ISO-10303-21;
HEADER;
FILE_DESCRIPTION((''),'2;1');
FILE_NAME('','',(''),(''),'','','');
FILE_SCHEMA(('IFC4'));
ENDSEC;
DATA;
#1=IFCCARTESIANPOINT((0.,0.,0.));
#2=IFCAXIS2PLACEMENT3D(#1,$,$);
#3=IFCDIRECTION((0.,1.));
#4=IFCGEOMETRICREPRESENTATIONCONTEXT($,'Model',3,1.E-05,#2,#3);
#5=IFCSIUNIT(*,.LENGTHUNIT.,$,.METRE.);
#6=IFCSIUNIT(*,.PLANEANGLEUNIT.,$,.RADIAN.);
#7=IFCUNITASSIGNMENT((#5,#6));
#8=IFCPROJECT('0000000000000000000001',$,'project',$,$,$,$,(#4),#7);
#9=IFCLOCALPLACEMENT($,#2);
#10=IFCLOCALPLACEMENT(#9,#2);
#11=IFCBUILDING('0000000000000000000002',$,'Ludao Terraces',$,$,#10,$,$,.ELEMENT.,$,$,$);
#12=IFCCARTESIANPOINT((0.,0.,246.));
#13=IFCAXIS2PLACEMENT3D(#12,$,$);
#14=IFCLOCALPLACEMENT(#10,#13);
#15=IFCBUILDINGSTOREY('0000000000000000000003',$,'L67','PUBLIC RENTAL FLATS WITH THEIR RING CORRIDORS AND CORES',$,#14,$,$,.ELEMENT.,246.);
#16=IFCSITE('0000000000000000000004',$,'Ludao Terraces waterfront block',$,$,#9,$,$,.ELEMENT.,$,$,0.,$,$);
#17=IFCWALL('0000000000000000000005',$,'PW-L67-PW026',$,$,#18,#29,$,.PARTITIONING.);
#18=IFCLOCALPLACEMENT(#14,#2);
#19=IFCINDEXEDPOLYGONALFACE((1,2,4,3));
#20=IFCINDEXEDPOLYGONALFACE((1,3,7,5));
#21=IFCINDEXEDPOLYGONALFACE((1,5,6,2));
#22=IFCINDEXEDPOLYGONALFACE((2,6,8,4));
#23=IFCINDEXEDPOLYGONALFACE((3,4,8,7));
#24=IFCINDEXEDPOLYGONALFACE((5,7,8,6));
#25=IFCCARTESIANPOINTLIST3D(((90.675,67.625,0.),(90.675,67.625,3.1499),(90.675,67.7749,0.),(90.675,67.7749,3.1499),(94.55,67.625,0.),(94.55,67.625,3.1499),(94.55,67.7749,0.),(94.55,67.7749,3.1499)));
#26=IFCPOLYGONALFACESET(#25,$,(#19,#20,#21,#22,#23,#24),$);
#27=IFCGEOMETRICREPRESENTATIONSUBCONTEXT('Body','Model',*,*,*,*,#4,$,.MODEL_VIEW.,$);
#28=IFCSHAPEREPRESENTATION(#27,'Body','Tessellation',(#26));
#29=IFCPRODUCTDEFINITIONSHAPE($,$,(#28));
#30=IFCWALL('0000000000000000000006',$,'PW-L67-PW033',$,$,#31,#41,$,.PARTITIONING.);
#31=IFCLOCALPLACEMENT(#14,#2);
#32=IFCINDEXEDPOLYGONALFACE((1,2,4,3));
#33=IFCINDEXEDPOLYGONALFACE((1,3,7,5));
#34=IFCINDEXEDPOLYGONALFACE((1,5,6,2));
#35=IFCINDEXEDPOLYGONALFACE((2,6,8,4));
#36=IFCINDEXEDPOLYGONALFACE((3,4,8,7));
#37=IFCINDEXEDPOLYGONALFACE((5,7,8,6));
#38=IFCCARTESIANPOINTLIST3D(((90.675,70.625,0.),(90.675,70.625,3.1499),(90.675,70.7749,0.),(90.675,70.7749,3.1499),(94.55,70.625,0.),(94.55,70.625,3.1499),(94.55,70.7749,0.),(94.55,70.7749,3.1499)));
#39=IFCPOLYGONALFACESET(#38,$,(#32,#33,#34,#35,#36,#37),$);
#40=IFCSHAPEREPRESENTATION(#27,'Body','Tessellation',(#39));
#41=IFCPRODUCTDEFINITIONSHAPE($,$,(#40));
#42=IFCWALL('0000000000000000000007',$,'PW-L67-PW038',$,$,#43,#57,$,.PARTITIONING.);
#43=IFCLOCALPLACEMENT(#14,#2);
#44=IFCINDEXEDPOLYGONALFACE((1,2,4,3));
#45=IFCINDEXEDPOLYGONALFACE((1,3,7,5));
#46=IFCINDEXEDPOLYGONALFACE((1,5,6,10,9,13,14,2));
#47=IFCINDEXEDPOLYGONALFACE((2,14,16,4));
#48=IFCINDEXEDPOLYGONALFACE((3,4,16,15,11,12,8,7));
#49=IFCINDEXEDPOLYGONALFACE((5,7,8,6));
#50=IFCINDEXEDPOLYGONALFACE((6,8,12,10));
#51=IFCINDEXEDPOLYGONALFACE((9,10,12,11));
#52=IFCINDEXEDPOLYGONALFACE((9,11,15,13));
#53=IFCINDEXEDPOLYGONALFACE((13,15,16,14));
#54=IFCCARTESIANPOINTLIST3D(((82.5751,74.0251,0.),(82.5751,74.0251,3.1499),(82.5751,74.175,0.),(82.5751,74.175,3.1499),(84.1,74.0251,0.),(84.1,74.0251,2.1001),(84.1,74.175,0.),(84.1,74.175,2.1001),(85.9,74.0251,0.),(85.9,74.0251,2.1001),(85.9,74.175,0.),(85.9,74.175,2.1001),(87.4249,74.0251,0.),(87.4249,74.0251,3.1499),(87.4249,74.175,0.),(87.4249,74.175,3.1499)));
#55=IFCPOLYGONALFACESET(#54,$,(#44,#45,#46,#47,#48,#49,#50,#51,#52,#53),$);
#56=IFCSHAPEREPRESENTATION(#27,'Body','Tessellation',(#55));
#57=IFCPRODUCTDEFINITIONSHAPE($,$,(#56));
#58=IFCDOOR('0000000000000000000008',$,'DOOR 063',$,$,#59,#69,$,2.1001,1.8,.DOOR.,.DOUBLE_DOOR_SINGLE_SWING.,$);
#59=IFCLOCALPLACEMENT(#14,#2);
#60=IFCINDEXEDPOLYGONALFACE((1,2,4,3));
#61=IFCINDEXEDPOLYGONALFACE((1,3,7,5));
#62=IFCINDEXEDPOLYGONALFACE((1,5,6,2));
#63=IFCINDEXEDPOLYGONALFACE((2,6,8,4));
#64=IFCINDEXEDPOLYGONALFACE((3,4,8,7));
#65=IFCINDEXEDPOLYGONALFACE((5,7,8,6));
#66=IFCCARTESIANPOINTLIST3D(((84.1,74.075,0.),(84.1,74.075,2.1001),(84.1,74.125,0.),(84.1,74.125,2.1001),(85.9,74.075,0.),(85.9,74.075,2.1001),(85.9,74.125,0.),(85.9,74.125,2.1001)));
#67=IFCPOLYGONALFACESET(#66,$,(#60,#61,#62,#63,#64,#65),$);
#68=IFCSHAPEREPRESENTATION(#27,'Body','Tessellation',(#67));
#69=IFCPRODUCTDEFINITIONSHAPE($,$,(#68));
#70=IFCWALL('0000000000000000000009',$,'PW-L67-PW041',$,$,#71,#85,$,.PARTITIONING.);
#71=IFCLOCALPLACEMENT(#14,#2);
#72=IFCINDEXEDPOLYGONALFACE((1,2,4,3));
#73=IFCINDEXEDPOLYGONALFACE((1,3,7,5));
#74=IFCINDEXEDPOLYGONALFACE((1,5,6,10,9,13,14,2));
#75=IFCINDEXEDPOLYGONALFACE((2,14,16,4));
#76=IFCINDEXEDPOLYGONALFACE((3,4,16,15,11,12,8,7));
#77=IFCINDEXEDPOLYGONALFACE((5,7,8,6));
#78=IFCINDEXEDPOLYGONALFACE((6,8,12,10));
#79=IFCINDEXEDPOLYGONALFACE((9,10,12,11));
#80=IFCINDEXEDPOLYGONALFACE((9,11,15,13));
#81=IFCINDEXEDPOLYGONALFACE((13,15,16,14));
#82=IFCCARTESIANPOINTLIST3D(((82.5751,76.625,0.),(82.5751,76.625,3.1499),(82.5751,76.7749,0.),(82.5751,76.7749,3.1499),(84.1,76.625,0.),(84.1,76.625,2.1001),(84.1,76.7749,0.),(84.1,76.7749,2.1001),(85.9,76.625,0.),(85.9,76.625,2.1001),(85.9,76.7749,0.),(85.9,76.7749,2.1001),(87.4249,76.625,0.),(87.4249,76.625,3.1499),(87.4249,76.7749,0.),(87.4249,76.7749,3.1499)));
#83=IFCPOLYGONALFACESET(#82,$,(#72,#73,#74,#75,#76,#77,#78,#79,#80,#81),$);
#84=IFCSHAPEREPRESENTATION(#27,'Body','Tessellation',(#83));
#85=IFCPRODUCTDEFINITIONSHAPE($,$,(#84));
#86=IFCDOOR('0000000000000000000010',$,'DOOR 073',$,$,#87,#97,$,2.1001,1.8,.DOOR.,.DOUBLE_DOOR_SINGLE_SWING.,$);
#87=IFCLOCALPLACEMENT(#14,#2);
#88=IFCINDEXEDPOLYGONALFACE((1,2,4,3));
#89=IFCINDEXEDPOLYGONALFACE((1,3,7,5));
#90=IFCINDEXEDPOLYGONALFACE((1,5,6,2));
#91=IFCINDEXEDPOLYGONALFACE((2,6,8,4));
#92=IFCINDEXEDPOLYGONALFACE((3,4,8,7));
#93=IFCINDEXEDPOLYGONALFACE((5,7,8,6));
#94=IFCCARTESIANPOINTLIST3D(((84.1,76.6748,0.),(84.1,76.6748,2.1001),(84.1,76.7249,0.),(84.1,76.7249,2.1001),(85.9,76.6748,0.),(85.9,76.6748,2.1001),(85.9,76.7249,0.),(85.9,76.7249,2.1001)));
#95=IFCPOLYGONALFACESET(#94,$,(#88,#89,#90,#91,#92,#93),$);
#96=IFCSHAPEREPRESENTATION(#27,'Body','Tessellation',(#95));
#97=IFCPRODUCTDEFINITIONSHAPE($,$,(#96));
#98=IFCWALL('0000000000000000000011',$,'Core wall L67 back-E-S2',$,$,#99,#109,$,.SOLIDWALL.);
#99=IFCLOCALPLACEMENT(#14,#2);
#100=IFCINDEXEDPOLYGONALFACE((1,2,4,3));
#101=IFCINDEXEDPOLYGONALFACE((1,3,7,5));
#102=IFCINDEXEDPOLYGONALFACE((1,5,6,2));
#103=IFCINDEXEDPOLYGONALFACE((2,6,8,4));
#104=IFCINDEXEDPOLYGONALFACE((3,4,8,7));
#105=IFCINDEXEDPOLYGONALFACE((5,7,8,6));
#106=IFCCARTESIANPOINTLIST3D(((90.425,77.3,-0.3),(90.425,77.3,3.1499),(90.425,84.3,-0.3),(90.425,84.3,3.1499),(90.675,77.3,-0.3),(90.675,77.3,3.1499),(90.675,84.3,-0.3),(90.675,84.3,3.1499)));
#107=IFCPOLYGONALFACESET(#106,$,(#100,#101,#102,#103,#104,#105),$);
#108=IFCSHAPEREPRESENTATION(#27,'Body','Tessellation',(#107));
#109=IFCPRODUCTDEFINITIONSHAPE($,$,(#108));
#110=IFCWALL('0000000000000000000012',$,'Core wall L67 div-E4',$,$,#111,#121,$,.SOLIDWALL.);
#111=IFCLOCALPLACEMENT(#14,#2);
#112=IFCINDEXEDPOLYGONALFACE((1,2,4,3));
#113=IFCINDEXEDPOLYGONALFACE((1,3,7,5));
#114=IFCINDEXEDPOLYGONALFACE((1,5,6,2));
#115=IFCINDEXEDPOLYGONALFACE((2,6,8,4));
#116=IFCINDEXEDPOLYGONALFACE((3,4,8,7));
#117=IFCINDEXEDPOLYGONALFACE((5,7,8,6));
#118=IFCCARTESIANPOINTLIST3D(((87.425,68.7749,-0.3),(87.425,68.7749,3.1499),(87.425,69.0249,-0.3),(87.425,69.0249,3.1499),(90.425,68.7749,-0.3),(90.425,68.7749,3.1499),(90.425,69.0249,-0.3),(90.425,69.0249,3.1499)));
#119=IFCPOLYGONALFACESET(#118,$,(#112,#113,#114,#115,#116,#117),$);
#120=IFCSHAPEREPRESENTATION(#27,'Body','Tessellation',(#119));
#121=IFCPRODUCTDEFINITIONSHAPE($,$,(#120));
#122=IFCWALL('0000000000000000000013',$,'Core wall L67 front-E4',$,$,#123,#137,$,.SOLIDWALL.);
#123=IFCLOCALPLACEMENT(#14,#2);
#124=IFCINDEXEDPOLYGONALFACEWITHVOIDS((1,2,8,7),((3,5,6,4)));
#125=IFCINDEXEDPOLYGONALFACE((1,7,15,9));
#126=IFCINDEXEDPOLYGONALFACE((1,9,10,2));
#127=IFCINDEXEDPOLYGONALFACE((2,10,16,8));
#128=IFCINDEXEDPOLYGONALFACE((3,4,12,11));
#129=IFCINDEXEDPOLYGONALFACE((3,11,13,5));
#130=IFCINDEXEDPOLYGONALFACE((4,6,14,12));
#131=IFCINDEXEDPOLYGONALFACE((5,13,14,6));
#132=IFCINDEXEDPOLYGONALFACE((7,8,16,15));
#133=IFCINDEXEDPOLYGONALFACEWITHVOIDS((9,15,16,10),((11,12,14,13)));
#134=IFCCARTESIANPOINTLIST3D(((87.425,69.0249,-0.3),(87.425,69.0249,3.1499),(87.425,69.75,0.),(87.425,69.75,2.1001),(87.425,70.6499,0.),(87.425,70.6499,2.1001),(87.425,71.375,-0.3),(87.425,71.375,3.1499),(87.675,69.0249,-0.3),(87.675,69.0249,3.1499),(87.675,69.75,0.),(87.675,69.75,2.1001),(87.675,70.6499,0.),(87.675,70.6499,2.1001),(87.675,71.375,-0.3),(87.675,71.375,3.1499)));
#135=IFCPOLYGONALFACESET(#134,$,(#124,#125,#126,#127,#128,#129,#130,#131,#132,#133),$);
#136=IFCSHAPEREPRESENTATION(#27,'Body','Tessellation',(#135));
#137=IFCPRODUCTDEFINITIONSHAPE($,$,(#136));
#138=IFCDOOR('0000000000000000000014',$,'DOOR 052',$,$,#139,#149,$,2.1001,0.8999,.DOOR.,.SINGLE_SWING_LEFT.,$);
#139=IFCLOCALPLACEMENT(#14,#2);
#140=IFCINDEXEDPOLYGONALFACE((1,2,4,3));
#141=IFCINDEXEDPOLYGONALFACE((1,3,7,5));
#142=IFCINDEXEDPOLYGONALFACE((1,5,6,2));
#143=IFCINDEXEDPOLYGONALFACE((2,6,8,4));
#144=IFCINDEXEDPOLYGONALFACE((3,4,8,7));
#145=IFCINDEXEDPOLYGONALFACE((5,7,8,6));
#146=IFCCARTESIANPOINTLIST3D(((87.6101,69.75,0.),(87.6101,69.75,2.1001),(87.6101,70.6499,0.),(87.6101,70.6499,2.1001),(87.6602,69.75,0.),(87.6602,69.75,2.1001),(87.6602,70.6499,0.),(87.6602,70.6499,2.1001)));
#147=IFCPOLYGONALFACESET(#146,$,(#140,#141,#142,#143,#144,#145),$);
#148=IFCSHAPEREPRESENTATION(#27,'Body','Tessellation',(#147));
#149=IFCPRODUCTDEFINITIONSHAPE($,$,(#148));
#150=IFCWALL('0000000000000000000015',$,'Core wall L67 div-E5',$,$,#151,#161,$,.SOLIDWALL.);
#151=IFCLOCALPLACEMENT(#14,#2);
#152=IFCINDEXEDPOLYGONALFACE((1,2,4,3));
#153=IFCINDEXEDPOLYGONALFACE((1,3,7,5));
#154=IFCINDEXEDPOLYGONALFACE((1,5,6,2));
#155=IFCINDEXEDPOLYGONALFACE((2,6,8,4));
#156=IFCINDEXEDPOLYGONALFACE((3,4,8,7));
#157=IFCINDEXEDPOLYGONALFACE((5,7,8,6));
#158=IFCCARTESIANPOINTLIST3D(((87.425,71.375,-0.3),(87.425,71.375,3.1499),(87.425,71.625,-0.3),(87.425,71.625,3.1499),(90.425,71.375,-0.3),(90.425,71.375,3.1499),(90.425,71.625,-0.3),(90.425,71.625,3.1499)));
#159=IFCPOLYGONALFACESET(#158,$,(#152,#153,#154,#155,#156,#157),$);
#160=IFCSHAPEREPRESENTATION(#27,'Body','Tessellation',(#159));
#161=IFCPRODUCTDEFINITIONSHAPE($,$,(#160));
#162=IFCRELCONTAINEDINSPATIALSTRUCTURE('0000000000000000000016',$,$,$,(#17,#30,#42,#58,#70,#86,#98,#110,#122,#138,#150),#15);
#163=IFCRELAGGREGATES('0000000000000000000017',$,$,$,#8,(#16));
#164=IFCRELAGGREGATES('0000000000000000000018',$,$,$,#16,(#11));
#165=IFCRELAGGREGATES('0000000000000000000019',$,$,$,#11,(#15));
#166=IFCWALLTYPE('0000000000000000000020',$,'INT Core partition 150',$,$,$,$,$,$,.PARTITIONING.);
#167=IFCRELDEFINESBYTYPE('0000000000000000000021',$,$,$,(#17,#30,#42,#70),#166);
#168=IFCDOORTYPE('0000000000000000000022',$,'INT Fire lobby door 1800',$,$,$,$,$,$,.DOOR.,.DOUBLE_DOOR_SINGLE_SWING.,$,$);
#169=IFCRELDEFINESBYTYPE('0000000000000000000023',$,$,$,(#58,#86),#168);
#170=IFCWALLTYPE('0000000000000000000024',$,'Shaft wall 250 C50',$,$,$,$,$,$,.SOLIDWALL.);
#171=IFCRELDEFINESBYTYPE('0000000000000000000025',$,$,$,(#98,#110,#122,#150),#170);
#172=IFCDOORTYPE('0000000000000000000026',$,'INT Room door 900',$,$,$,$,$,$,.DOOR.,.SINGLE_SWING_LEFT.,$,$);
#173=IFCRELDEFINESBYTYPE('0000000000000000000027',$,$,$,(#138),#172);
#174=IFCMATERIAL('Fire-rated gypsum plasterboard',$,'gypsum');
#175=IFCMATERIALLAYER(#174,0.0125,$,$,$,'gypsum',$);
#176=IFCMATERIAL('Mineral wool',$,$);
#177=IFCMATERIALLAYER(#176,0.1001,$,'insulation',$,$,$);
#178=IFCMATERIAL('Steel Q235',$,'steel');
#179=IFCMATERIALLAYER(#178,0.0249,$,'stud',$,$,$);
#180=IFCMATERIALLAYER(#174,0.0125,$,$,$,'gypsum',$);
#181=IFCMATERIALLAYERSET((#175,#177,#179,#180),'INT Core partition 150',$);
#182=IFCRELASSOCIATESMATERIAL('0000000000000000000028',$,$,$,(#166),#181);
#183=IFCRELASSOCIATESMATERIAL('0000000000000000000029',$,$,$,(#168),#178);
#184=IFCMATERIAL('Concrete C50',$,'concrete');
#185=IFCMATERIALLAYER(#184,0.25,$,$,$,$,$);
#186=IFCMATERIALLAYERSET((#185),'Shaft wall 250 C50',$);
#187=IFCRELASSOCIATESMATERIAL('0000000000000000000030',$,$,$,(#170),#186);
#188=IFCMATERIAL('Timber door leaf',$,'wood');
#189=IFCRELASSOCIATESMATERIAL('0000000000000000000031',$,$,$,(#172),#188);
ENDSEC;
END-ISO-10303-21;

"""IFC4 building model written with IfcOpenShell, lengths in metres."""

from ifc_helpers import new_model, si_unit, direction, frame, frame_2d, origin, place, context, subcontext, project, spatial, rectangle, extrude, material, layer, layer_set, type_object, element, fill, save


model = new_model("IFC4")

# Units and contexts
model_context = context("Model", 3, precision=1e-05, world=origin(), true_north=direction((0.0, 1.0)))
body_context = subcontext(model_context, "Body", "Model", "MODEL_VIEW")
ifc_project = project(units=[si_unit("LENGTHUNIT", "METRE"), si_unit("PLANEANGLEUNIT", "RADIAN")], contexts=[model_context])

# Site, building, storey
site_placement = place(None, origin())
site = spatial("IfcSite", under=ifc_project, at=site_placement, Name="Ludao Terraces waterfront block", CompositionType="ELEMENT", RefElevation=0.0)
building_placement = place(site_placement, origin())
building = spatial("IfcBuilding", under=site, at=building_placement, Name="Ludao Terraces", CompositionType="ELEMENT")
storey_placement = place(building_placement, frame((0.0, 0.0, 246.0)))
storey = spatial("IfcBuildingStorey", under=building, at=storey_placement, Name="L67", Description="PUBLIC RENTAL FLATS WITH THEIR RING CORRIDORS AND CORES", CompositionType="ELEMENT", Elevation=246.0)

# Walls
ifc_material_1 = material(Name="Fire-rated gypsum plasterboard", Category="gypsum")
ifc_layer_1 = layer(ifc_material_1, 0.0125, Category="gypsum")
ifc_material_2 = material(Name="Mineral wool")
ifc_layer_2 = layer(ifc_material_2, 0.1001, Name="insulation")
ifc_material_3 = material(Name="Steel Q235", Category="steel")
ifc_layer_3 = layer(ifc_material_3, 0.0249, Name="stud")
ifc_layer_4 = layer(ifc_material_1, 0.0125, Category="gypsum")
ifc_layer_set_1 = layer_set([ifc_layer_1, ifc_layer_2, ifc_layer_3, ifc_layer_4], Name="INT Core partition 150")
wall_type_1 = type_object("IfcWallType", Name="INT Core partition 150", PredefinedType="PARTITIONING", material=ifc_layer_set_1)
for number, where, z_axis, x_axis, name in (
    (1, (90.675, 67.7, 0.0), (0.0, 0.0, 1.0), (1.0, 0.0, 0.0), "PW-L67-PW026"),
    (2, (90.675, 70.7, 0.0), (0.0, 0.0, 1.0), (1.0, 0.0, 0.0), "PW-L67-PW033"),
):
    element("IfcWall", number, at=place(storey_placement, frame(where, z_axis=z_axis, x_axis=x_axis)), inside=storey, type_object=wall_type_1, Name=name, PredefinedType="PARTITIONING", context=body_context, shape_type="SweptSolid", body=[
        extrude(rectangle(XDim=3.875, YDim=0.1499, at=frame_2d((1.9375, 0.0))), origin(), (0.0, 0.0, 1.0), 3.1499),
    ])

# Walls, openings, doors
wall_1_placement = place(storey_placement, frame((82.5752, 74.1001, 0.0), z_axis=(0.0, 0.0, 1.0), x_axis=(1.0, 0.0, 0.0)))
wall_1 = element("IfcWall", 3, at=wall_1_placement, inside=storey, type_object=wall_type_1, Name="PW-L67-PW038", PredefinedType="PARTITIONING", context=body_context, shape_type="SweptSolid", body=[
    extrude(rectangle(XDim=4.8499, YDim=0.1499, at=frame_2d((2.4248, 0.0))), origin(), (0.0, 0.0, 1.0), 3.1499),
])
opening_1_placement = place(wall_1_placement, frame((1.5249, 0.0, 0.0)))
opening_1 = element("IfcOpeningElement", 4, at=opening_1_placement, cuts=wall_1, PredefinedType="OPENING", context=body_context, shape_type="SweptSolid", body=[
    extrude(rectangle(XDim=1.8, YDim=2.1001, at=frame_2d((0.8999, 1.05))), frame((0.0, 0.085, 0.0), z_axis=(0.0, -1.0, 0.0), x_axis=(1.0, 0.0, 0.0)), (0.0, 0.0, 1.0), 0.1699),
])
door_type_1 = type_object("IfcDoorType", Name="INT Fire lobby door 1800", OperationType="DOUBLE_DOOR_SINGLE_SWING", PredefinedType="DOOR", material=ifc_material_3)
door_1_placement = place(opening_1_placement, origin())
door_1 = element("IfcDoor", 5, at=door_1_placement, inside=storey, type_object=door_type_1, Name="DOOR 063", OperationType="DOUBLE_DOOR_SINGLE_SWING", OverallHeight=2.1001, OverallWidth=1.8, PredefinedType="DOOR", context=body_context, shape_type="SweptSolid", body=[
    extrude(rectangle(XDim=1.8, YDim=2.1001, at=frame_2d((0.8999, 1.05))), frame((0.0, 0.0249, 0.0), z_axis=(0.0, -1.0, 0.0), x_axis=(1.0, 0.0, 0.0)), (0.0, 0.0, 1.0), 0.05),
])
fill(opening_1, door_1)
wall_2_placement = place(storey_placement, frame((82.5752, 76.7, 0.0), z_axis=(0.0, 0.0, 1.0), x_axis=(1.0, 0.0, 0.0)))
wall_2 = element("IfcWall", 6, at=wall_2_placement, inside=storey, type_object=wall_type_1, Name="PW-L67-PW041", PredefinedType="PARTITIONING", context=body_context, shape_type="SweptSolid", body=[
    extrude(rectangle(XDim=4.8499, YDim=0.1499, at=frame_2d((2.4248, 0.0))), origin(), (0.0, 0.0, 1.0), 3.1499),
])
opening_2_placement = place(wall_2_placement, frame((1.5249, 0.0, 0.0)))
opening_2 = element("IfcOpeningElement", 7, at=opening_2_placement, cuts=wall_2, PredefinedType="OPENING", context=body_context, shape_type="SweptSolid", body=[
    extrude(rectangle(XDim=1.8, YDim=2.1001, at=frame_2d((0.8999, 1.05))), frame((0.0, 0.085, 0.0), z_axis=(0.0, -1.0, 0.0), x_axis=(1.0, 0.0, 0.0)), (0.0, 0.0, 1.0), 0.1699),
])
door_2_placement = place(opening_2_placement, origin())
door_2 = element("IfcDoor", 8, at=door_2_placement, inside=storey, type_object=door_type_1, Name="DOOR 073", OperationType="DOUBLE_DOOR_SINGLE_SWING", OverallHeight=2.1001, OverallWidth=1.8, PredefinedType="DOOR", context=body_context, shape_type="SweptSolid", body=[
    extrude(rectangle(XDim=1.8, YDim=2.1001, at=frame_2d((0.8999, 1.05))), frame((0.0, 0.0249, 0.0), z_axis=(0.0, -1.0, 0.0), x_axis=(1.0, 0.0, 0.0)), (0.0, 0.0, 1.0), 0.05),
])
fill(opening_2, door_2)

# Walls
ifc_material_4 = material(Name="Concrete C50", Category="concrete")
ifc_layer_5 = layer(ifc_material_4, 0.25)
ifc_layer_set_2 = layer_set([ifc_layer_5], Name="Shaft wall 250 C50")
wall_type_2 = type_object("IfcWallType", Name="Shaft wall 250 C50", PredefinedType="SOLIDWALL", material=ifc_layer_set_2)
wall_3_placement = place(storey_placement, frame((90.55, 77.3, -0.3), z_axis=(0.0, 0.0, 1.0), x_axis=(0.0, 1.0, 0.0)))
element("IfcWall", 9, at=wall_3_placement, inside=storey, type_object=wall_type_2, Name="Core wall L67 back-E-S2", PredefinedType="SOLIDWALL", context=body_context, shape_type="SweptSolid", body=[
    extrude(rectangle(XDim=7.0, YDim=0.25, at=frame_2d((3.5, 0.0))), origin(), (0.0, 0.0, 1.0), 3.45),
])
wall_4_placement = place(storey_placement, frame((87.425, 68.8999, -0.3), z_axis=(0.0, 0.0, 1.0), x_axis=(1.0, 0.0, 0.0)))
element("IfcWall", 10, at=wall_4_placement, inside=storey, type_object=wall_type_2, Name="Core wall L67 div-E4", PredefinedType="SOLIDWALL", context=body_context, shape_type="SweptSolid", body=[
    extrude(rectangle(XDim=3.0, YDim=0.25, at=frame_2d((1.5, 0.0))), origin(), (0.0, 0.0, 1.0), 3.45),
])

# Wall, opening, door
wall_5_placement = place(storey_placement, frame((87.55, 69.0249, -0.3), z_axis=(0.0, 0.0, 1.0), x_axis=(0.0, 1.0, 0.0)))
wall_5 = element("IfcWall", 11, at=wall_5_placement, inside=storey, type_object=wall_type_2, Name="Core wall L67 front-E4", PredefinedType="SOLIDWALL", context=body_context, shape_type="SweptSolid", body=[
    extrude(rectangle(XDim=2.3501, YDim=0.25, at=frame_2d((1.175, 0.0))), origin(), (0.0, 0.0, 1.0), 3.45),
])
opening_3_placement = place(wall_5_placement, frame((0.7251, 0.0, 0.3)))
opening_3 = element("IfcOpeningElement", 12, at=opening_3_placement, cuts=wall_5, PredefinedType="OPENING", context=body_context, shape_type="SweptSolid", body=[
    extrude(rectangle(XDim=0.8999, YDim=2.1001, at=frame_2d((0.45, 1.05))), frame((0.0, 0.135, 0.0), z_axis=(0.0, -1.0, 0.0), x_axis=(1.0, 0.0, 0.0)), (0.0, 0.0, 1.0), 0.27),
])
ifc_material_5 = material(Name="Timber door leaf", Category="wood")
door_type_2 = type_object("IfcDoorType", Name="INT Room door 900", OperationType="SINGLE_SWING_LEFT", PredefinedType="DOOR", material=ifc_material_5)
door_3_placement = place(opening_3_placement, origin())
door_3 = element("IfcDoor", 13, at=door_3_placement, inside=storey, type_object=door_type_2, Name="DOOR 052", OperationType="SINGLE_SWING_LEFT", OverallHeight=2.1001, OverallWidth=0.8999, PredefinedType="DOOR", context=body_context, shape_type="SweptSolid", body=[
    extrude(rectangle(XDim=0.8999, YDim=2.1001, at=frame_2d((0.45, 1.05))), frame((0.0, -0.0601, 0.0), z_axis=(0.0, -1.0, 0.0), x_axis=(1.0, 0.0, 0.0)), (0.0, 0.0, 1.0), 0.05),
])
fill(opening_3, door_3)

# Wall
wall_6_placement = place(storey_placement, frame((87.425, 71.5, -0.3), z_axis=(0.0, 0.0, 1.0), x_axis=(1.0, 0.0, 0.0)))
element("IfcWall", 14, at=wall_6_placement, inside=storey, type_object=wall_type_2, Name="Core wall L67 div-E5", PredefinedType="SOLIDWALL", context=body_context, shape_type="SweptSolid", body=[
    extrude(rectangle(XDim=3.0, YDim=0.25, at=frame_2d((1.5, 0.0))), origin(), (0.0, 0.0, 1.0), 3.45),
])

save(model, "model.ifc")
